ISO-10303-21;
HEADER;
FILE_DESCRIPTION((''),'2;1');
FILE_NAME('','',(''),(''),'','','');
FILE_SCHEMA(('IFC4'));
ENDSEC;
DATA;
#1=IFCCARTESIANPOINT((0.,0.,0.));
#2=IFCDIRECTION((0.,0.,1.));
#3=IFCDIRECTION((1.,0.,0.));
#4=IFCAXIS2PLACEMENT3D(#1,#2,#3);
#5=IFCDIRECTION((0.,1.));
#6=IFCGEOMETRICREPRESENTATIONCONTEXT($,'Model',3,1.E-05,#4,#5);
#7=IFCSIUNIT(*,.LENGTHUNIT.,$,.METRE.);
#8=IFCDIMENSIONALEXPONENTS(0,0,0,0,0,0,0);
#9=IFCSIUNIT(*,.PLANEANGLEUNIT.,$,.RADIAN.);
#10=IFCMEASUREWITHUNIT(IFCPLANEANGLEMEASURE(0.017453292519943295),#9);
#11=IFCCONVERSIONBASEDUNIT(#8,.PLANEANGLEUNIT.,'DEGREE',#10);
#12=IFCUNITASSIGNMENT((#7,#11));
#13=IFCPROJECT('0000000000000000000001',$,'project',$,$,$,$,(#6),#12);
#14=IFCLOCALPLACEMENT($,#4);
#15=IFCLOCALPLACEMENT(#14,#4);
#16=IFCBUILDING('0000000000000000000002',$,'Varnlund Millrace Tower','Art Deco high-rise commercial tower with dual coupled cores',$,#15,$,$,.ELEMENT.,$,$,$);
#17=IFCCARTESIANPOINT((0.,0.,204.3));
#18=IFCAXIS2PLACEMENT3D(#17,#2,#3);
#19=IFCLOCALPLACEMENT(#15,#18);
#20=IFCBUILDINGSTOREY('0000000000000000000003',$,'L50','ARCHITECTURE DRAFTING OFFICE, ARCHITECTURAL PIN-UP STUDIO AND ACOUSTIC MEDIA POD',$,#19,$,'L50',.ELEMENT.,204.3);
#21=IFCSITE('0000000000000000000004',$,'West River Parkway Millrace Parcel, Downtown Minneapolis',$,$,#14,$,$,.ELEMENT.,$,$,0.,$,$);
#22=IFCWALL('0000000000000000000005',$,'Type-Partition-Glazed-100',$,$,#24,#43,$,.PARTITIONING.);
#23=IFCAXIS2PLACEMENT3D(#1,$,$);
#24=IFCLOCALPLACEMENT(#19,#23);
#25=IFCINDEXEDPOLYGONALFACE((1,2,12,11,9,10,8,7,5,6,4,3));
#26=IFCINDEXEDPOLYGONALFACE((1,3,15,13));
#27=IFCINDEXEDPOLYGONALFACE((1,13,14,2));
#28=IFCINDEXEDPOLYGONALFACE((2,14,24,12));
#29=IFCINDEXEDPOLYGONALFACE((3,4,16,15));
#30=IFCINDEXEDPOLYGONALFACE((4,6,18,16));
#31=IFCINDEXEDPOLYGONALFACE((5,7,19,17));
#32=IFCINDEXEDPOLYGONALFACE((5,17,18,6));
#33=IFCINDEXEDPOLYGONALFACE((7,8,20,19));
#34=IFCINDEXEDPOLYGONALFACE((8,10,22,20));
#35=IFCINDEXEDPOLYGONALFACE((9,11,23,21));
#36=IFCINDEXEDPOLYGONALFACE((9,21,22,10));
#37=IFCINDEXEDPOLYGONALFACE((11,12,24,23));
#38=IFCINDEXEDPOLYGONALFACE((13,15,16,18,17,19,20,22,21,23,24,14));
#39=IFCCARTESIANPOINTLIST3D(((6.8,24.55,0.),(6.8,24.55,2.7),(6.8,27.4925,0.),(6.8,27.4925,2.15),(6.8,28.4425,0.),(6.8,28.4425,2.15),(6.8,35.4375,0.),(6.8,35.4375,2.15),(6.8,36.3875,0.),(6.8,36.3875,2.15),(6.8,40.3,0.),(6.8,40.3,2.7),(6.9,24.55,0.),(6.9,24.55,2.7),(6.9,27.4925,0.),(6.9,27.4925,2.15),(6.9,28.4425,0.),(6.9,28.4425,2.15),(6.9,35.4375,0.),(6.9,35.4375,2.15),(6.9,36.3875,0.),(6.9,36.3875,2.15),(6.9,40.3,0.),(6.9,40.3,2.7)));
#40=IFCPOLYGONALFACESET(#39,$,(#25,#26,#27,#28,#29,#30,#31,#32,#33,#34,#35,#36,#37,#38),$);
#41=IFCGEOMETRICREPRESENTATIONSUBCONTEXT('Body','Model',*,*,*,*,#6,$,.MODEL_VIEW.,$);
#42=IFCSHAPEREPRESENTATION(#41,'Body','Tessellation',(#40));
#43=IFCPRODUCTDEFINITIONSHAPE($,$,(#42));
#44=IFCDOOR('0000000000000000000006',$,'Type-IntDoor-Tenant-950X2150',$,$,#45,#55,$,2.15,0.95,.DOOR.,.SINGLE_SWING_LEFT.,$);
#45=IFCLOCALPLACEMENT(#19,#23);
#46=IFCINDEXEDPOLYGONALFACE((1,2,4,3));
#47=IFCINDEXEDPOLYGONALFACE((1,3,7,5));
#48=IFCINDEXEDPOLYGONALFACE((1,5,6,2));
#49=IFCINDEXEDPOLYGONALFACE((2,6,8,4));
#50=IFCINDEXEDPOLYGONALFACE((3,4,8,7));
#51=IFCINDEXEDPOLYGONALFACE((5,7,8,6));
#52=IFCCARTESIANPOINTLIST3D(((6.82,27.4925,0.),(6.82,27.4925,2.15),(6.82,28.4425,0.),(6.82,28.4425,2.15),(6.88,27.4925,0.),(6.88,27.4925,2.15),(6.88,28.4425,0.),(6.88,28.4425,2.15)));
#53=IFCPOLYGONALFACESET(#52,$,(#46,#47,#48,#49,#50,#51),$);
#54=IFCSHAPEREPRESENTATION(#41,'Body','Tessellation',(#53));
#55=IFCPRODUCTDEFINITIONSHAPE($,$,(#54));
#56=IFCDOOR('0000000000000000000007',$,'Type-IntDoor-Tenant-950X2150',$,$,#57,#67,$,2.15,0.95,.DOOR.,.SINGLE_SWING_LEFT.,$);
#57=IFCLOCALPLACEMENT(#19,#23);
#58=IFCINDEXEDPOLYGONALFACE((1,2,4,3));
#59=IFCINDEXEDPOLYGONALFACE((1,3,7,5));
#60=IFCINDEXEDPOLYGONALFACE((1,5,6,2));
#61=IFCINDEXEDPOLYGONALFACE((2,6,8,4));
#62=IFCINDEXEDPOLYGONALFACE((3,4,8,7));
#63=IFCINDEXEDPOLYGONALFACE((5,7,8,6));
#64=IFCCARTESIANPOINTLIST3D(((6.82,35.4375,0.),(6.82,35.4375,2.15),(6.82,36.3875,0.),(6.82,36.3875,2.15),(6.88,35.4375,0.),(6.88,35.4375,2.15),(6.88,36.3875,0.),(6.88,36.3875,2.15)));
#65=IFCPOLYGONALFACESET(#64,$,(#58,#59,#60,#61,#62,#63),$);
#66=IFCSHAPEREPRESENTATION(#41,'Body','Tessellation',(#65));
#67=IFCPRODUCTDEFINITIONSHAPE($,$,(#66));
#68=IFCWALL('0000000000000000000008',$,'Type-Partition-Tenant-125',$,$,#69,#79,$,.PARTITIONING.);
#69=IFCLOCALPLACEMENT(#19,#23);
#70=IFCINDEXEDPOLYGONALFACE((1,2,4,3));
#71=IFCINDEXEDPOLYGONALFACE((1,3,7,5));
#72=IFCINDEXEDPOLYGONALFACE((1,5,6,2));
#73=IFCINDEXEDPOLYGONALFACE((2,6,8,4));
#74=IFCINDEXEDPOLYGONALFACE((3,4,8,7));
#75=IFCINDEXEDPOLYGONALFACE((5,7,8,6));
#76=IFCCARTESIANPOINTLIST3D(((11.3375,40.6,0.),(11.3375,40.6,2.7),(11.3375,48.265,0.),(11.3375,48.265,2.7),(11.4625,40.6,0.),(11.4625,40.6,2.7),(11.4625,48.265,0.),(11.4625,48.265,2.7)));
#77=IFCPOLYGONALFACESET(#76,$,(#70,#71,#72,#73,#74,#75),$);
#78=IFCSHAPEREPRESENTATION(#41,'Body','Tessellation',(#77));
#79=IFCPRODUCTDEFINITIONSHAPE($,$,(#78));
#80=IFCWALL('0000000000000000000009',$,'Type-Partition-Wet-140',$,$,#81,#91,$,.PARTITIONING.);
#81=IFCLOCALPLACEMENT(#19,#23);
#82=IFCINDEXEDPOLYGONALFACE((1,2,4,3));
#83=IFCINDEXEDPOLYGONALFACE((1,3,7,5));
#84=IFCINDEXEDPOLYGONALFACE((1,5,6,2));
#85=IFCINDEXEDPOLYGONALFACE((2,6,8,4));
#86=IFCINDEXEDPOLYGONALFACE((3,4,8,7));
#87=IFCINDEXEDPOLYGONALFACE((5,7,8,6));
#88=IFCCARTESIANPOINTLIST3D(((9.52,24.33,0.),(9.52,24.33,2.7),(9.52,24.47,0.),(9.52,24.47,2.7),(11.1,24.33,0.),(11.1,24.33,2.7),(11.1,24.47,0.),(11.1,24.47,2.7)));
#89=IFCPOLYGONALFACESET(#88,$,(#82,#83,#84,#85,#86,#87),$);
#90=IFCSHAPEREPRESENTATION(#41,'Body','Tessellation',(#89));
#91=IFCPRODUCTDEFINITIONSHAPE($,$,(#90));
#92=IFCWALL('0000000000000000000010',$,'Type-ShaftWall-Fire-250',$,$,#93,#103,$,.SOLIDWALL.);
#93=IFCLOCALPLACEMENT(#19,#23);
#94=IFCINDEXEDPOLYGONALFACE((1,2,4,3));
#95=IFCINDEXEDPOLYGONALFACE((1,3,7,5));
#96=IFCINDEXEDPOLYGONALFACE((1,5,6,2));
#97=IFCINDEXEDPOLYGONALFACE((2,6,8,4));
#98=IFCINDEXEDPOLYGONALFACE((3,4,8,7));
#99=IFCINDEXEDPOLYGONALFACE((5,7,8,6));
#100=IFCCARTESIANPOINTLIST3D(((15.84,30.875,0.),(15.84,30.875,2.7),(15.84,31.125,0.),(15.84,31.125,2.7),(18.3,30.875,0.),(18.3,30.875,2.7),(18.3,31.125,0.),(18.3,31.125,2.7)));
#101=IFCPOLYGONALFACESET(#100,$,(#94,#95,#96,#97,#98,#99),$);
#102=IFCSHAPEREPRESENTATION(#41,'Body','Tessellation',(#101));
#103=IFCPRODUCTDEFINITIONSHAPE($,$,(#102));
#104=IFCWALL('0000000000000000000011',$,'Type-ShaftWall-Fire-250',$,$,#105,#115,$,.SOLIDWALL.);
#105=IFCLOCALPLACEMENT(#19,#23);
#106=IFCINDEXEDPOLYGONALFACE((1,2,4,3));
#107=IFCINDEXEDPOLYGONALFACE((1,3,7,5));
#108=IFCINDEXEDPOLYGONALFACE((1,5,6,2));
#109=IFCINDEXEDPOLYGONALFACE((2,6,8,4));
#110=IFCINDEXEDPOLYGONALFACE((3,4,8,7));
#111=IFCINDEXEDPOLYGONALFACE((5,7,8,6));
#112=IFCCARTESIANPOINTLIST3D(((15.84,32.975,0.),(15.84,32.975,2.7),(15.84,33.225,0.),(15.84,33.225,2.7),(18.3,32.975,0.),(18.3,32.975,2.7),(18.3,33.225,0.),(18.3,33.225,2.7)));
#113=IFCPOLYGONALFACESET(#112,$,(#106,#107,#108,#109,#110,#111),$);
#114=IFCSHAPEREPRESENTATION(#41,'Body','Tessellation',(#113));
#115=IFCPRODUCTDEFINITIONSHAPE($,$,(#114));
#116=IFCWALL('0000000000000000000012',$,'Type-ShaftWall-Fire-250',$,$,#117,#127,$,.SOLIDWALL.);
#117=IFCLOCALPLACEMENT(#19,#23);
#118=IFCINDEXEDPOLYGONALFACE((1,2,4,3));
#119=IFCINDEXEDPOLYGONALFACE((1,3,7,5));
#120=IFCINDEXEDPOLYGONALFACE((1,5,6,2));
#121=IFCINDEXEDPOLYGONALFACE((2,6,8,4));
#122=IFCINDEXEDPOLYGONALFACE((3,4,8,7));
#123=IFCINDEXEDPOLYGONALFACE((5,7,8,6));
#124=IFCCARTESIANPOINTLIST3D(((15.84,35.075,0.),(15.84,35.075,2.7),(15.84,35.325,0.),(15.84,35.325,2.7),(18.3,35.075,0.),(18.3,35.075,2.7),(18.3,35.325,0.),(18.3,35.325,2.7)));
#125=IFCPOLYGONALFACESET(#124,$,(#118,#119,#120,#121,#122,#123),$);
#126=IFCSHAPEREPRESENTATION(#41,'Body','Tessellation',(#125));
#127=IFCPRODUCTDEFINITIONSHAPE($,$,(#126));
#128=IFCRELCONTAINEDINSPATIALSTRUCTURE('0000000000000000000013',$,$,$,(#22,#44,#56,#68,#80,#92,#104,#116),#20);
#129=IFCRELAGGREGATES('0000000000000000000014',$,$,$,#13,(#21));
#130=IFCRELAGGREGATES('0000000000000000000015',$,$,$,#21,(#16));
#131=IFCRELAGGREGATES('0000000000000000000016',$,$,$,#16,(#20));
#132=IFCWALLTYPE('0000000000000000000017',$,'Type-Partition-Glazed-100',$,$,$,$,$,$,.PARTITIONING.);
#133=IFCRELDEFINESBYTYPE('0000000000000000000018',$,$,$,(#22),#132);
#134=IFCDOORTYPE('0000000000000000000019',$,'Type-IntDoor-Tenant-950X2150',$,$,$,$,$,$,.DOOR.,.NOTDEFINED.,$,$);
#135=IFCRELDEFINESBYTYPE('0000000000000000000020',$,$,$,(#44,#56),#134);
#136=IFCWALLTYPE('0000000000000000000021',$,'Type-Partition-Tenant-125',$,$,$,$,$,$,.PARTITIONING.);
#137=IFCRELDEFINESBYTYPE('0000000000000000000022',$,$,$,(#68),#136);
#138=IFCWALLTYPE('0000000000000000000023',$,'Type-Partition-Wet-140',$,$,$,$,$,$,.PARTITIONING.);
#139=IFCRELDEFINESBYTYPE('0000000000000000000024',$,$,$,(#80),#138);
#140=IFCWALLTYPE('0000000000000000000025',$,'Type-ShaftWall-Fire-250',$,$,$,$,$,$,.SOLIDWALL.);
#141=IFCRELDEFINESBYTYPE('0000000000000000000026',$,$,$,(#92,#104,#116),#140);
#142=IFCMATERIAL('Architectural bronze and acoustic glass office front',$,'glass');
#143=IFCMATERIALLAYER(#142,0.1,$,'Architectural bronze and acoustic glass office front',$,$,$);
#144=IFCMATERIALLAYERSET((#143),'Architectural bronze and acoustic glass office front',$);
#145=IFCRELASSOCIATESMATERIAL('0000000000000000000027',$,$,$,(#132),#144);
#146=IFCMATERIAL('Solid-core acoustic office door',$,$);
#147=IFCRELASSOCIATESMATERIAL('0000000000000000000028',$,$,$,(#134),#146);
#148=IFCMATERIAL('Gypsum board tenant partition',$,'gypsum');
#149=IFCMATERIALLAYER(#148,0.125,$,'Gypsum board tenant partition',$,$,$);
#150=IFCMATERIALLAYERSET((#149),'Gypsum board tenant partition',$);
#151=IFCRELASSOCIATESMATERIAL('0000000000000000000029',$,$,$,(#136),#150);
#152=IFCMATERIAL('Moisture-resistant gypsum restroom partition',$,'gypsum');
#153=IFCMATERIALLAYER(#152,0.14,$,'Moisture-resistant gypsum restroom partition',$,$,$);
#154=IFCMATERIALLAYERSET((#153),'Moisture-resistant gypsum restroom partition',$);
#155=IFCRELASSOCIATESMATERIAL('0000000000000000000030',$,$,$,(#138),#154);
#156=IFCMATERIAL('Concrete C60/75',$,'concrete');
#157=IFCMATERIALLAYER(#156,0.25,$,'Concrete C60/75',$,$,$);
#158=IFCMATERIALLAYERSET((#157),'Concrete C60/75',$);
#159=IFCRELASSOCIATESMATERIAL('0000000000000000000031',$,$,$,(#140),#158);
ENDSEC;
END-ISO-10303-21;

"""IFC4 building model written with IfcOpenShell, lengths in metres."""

from ifc_helpers import new_model, entity, si_unit, converted_unit, direction, frame, origin_with_axes, origin_2d_with_axis, place, context, subcontext, project, spatial, polyline, rectangle, outline, extrude, material, layer, layer_set, type_object, element, fill, save


model = new_model("IFC4")

# Units and contexts
model_context = context("Model", 3, precision=1e-05, world=origin_with_axes(), true_north=direction((0.0, 1.0)))
body_context = subcontext(model_context, "Body", "Model", "MODEL_VIEW")
ifc_project = project(units=[si_unit("LENGTHUNIT", "METRE"), converted_unit("PLANEANGLEUNIT", "DEGREE", entity("IfcPlaneAngleMeasure", 0.017453292519943295), si_unit("PLANEANGLEUNIT", "RADIAN"), dimensions=[0, 0, 0, 0, 0, 0, 0])], contexts=[model_context])

# Site, building, storey
site_placement = place(None, origin_with_axes())
site = spatial("IfcSite", under=ifc_project, at=site_placement, Name="West River Parkway Millrace Parcel, Downtown Minneapolis", CompositionType="ELEMENT", RefElevation=0.0)
building_placement = place(site_placement, origin_with_axes())
building = spatial("IfcBuilding", under=site, at=building_placement, Name="Varnlund Millrace Tower", Description="Art Deco high-rise commercial tower with dual coupled cores", CompositionType="ELEMENT")
storey_placement = place(building_placement, frame((0.0, 0.0, 204.3), z_axis=(0.0, 0.0, 1.0), x_axis=(1.0, 0.0, 0.0)))
storey = spatial("IfcBuildingStorey", under=building, at=storey_placement, Name="L50", Description="ARCHITECTURE DRAFTING OFFICE, ARCHITECTURAL PIN-UP STUDIO AND ACOUSTIC MEDIA POD", LongName="L50", CompositionType="ELEMENT", Elevation=204.3)

# Wall, openings, doors
ifc_material_1 = material(Name="Architectural bronze and acoustic glass office front", Category="glass")
ifc_layer_1 = layer(ifc_material_1, 0.1, Name="Architectural bronze and acoustic glass office front")
ifc_layer_set_1 = layer_set([ifc_layer_1], Name="Architectural bronze and acoustic glass office front")
wall_type_1 = type_object("IfcWallType", Name="Type-Partition-Glazed-100", PredefinedType="PARTITIONING", material=ifc_layer_set_1)
wall_1_placement = place(storey_placement, frame((6.85, 24.55, 0.0), z_axis=(0.0, 0.0, 1.0), x_axis=(0.0, 1.0, 0.0)))
wall_1 = element("IfcWall", 1, at=wall_1_placement, inside=storey, type_object=wall_type_1, Name="Type-Partition-Glazed-100", PredefinedType="PARTITIONING", context=body_context, shape_type="SweptSolid", body=[
    extrude(outline(polyline([(0.0, -0.05), (15.75, -0.05), (15.75, 0.05), (0.0, 0.05), (0.0, -0.05)])), origin_with_axes(), (0.0, 0.0, 1.0), 2.7),
])
opening_1_placement = place(wall_1_placement, frame((3.4175, 0.0, 0.0), z_axis=(0.0, 0.0, 1.0), x_axis=(1.0, 0.0, 0.0)))
opening_1 = element("IfcOpeningElement", 2, at=opening_1_placement, cuts=wall_1, PredefinedType="OPENING", context=body_context, shape_type="SweptSolid", body=[
    extrude(rectangle(XDim=0.95, YDim=0.12, at=origin_2d_with_axis()), origin_with_axes(), (0.0, 0.0, 1.0), 2.15),
])
opening_2_placement = place(wall_1_placement, frame((11.3625, 0.0, 0.0), z_axis=(0.0, 0.0, 1.0), x_axis=(1.0, 0.0, 0.0)))
opening_2 = element("IfcOpeningElement", 3, at=opening_2_placement, cuts=wall_1, PredefinedType="OPENING", context=body_context, shape_type="SweptSolid", body=[
    extrude(rectangle(XDim=0.95, YDim=0.12, at=origin_2d_with_axis()), origin_with_axes(), (0.0, 0.0, 1.0), 2.15),
])
ifc_material_2 = material(Name="Solid-core acoustic office door")
door_type_1 = type_object("IfcDoorType", Name="Type-IntDoor-Tenant-950X2150", OperationType="NOTDEFINED", PredefinedType="DOOR", material=ifc_material_2)
door_1_placement = place(wall_1_placement, frame((3.4175, 0.0, 0.0), z_axis=(0.0, 0.0, 1.0), x_axis=(1.0, 0.0, 0.0)))
door_1 = element("IfcDoor", 4, at=door_1_placement, inside=storey, type_object=door_type_1, Name="Type-IntDoor-Tenant-950X2150", OperationType="SINGLE_SWING_LEFT", OverallHeight=2.15, OverallWidth=0.95, PredefinedType="DOOR", context=body_context, shape_type="SweptSolid", body=[
    extrude(rectangle(XDim=0.95, YDim=0.06, at=origin_2d_with_axis()), origin_with_axes(), (0.0, 0.0, 1.0), 2.15),
])
fill(opening_1, door_1)
door_2_placement = place(wall_1_placement, frame((11.3625, 0.0, 0.0), z_axis=(0.0, 0.0, 1.0), x_axis=(1.0, 0.0, 0.0)))
door_2 = element("IfcDoor", 5, at=door_2_placement, inside=storey, type_object=door_type_1, Name="Type-IntDoor-Tenant-950X2150", OperationType="SINGLE_SWING_LEFT", OverallHeight=2.15, OverallWidth=0.95, PredefinedType="DOOR", context=body_context, shape_type="SweptSolid", body=[
    extrude(rectangle(XDim=0.95, YDim=0.06, at=origin_2d_with_axis()), origin_with_axes(), (0.0, 0.0, 1.0), 2.15),
])
fill(opening_2, door_2)

# Walls
ifc_material_3 = material(Name="Gypsum board tenant partition", Category="gypsum")
ifc_layer_2 = layer(ifc_material_3, 0.125, Name="Gypsum board tenant partition")
ifc_layer_set_2 = layer_set([ifc_layer_2], Name="Gypsum board tenant partition")
wall_type_2 = type_object("IfcWallType", Name="Type-Partition-Tenant-125", PredefinedType="PARTITIONING", material=ifc_layer_set_2)
wall_2_placement = place(storey_placement, frame((11.4, 40.6, 0.0), z_axis=(0.0, 0.0, 1.0), x_axis=(0.0, 1.0, 0.0)))
element("IfcWall", 6, at=wall_2_placement, inside=storey, type_object=wall_type_2, Name="Type-Partition-Tenant-125", PredefinedType="PARTITIONING", context=body_context, shape_type="SweptSolid", body=[
    extrude(outline(polyline([(0.0, -0.0625), (7.665, -0.0625), (7.665, 0.0625), (0.0, 0.0625), (0.0, -0.0625)])), origin_with_axes(), (0.0, 0.0, 1.0), 2.7),
])
ifc_material_4 = material(Name="Moisture-resistant gypsum restroom partition", Category="gypsum")
ifc_layer_3 = layer(ifc_material_4, 0.14, Name="Moisture-resistant gypsum restroom partition")
ifc_layer_set_3 = layer_set([ifc_layer_3], Name="Moisture-resistant gypsum restroom partition")
wall_type_3 = type_object("IfcWallType", Name="Type-Partition-Wet-140", PredefinedType="PARTITIONING", material=ifc_layer_set_3)
wall_3_placement = place(storey_placement, frame((9.52, 24.4, 0.0), z_axis=(0.0, 0.0, 1.0), x_axis=(1.0, 0.0, 0.0)))
element("IfcWall", 7, at=wall_3_placement, inside=storey, type_object=wall_type_3, Name="Type-Partition-Wet-140", PredefinedType="PARTITIONING", context=body_context, shape_type="SweptSolid", body=[
    extrude(outline(polyline([(0.0, -0.07), (1.58, -0.07), (1.58, 0.07), (0.0, 0.07), (0.0, -0.07)])), origin_with_axes(), (0.0, 0.0, 1.0), 2.7),
])
ifc_material_5 = material(Name="Concrete C60/75", Category="concrete")
ifc_layer_4 = layer(ifc_material_5, 0.25, Name="Concrete C60/75")
ifc_layer_set_4 = layer_set([ifc_layer_4], Name="Concrete C60/75")
wall_type_4 = type_object("IfcWallType", Name="Type-ShaftWall-Fire-250", PredefinedType="SOLIDWALL", material=ifc_layer_set_4)
for number, where, z_axis, x_axis, name in (
    (8, (15.84, 31.0, 0.0), (0.0, 0.0, 1.0), (1.0, 0.0, 0.0), "Type-ShaftWall-Fire-250"),
    (9, (15.84, 33.1, 0.0), (0.0, 0.0, 1.0), (1.0, 0.0, 0.0), "Type-ShaftWall-Fire-250"),
    (10, (15.84, 35.2, 0.0), (0.0, 0.0, 1.0), (1.0, 0.0, 0.0), "Type-ShaftWall-Fire-250"),
):
    element("IfcWall", number, at=place(storey_placement, frame(where, z_axis=z_axis, x_axis=x_axis)), inside=storey, type_object=wall_type_4, Name=name, PredefinedType="SOLIDWALL", context=body_context, shape_type="SweptSolid", body=[
        extrude(outline(polyline([(0.0, -0.125), (2.46, -0.125), (2.46, 0.125), (0.0, 0.125), (0.0, -0.125)])), origin_with_axes(), (0.0, 0.0, 1.0), 2.7),
    ])

save(model, "model.ifc")
